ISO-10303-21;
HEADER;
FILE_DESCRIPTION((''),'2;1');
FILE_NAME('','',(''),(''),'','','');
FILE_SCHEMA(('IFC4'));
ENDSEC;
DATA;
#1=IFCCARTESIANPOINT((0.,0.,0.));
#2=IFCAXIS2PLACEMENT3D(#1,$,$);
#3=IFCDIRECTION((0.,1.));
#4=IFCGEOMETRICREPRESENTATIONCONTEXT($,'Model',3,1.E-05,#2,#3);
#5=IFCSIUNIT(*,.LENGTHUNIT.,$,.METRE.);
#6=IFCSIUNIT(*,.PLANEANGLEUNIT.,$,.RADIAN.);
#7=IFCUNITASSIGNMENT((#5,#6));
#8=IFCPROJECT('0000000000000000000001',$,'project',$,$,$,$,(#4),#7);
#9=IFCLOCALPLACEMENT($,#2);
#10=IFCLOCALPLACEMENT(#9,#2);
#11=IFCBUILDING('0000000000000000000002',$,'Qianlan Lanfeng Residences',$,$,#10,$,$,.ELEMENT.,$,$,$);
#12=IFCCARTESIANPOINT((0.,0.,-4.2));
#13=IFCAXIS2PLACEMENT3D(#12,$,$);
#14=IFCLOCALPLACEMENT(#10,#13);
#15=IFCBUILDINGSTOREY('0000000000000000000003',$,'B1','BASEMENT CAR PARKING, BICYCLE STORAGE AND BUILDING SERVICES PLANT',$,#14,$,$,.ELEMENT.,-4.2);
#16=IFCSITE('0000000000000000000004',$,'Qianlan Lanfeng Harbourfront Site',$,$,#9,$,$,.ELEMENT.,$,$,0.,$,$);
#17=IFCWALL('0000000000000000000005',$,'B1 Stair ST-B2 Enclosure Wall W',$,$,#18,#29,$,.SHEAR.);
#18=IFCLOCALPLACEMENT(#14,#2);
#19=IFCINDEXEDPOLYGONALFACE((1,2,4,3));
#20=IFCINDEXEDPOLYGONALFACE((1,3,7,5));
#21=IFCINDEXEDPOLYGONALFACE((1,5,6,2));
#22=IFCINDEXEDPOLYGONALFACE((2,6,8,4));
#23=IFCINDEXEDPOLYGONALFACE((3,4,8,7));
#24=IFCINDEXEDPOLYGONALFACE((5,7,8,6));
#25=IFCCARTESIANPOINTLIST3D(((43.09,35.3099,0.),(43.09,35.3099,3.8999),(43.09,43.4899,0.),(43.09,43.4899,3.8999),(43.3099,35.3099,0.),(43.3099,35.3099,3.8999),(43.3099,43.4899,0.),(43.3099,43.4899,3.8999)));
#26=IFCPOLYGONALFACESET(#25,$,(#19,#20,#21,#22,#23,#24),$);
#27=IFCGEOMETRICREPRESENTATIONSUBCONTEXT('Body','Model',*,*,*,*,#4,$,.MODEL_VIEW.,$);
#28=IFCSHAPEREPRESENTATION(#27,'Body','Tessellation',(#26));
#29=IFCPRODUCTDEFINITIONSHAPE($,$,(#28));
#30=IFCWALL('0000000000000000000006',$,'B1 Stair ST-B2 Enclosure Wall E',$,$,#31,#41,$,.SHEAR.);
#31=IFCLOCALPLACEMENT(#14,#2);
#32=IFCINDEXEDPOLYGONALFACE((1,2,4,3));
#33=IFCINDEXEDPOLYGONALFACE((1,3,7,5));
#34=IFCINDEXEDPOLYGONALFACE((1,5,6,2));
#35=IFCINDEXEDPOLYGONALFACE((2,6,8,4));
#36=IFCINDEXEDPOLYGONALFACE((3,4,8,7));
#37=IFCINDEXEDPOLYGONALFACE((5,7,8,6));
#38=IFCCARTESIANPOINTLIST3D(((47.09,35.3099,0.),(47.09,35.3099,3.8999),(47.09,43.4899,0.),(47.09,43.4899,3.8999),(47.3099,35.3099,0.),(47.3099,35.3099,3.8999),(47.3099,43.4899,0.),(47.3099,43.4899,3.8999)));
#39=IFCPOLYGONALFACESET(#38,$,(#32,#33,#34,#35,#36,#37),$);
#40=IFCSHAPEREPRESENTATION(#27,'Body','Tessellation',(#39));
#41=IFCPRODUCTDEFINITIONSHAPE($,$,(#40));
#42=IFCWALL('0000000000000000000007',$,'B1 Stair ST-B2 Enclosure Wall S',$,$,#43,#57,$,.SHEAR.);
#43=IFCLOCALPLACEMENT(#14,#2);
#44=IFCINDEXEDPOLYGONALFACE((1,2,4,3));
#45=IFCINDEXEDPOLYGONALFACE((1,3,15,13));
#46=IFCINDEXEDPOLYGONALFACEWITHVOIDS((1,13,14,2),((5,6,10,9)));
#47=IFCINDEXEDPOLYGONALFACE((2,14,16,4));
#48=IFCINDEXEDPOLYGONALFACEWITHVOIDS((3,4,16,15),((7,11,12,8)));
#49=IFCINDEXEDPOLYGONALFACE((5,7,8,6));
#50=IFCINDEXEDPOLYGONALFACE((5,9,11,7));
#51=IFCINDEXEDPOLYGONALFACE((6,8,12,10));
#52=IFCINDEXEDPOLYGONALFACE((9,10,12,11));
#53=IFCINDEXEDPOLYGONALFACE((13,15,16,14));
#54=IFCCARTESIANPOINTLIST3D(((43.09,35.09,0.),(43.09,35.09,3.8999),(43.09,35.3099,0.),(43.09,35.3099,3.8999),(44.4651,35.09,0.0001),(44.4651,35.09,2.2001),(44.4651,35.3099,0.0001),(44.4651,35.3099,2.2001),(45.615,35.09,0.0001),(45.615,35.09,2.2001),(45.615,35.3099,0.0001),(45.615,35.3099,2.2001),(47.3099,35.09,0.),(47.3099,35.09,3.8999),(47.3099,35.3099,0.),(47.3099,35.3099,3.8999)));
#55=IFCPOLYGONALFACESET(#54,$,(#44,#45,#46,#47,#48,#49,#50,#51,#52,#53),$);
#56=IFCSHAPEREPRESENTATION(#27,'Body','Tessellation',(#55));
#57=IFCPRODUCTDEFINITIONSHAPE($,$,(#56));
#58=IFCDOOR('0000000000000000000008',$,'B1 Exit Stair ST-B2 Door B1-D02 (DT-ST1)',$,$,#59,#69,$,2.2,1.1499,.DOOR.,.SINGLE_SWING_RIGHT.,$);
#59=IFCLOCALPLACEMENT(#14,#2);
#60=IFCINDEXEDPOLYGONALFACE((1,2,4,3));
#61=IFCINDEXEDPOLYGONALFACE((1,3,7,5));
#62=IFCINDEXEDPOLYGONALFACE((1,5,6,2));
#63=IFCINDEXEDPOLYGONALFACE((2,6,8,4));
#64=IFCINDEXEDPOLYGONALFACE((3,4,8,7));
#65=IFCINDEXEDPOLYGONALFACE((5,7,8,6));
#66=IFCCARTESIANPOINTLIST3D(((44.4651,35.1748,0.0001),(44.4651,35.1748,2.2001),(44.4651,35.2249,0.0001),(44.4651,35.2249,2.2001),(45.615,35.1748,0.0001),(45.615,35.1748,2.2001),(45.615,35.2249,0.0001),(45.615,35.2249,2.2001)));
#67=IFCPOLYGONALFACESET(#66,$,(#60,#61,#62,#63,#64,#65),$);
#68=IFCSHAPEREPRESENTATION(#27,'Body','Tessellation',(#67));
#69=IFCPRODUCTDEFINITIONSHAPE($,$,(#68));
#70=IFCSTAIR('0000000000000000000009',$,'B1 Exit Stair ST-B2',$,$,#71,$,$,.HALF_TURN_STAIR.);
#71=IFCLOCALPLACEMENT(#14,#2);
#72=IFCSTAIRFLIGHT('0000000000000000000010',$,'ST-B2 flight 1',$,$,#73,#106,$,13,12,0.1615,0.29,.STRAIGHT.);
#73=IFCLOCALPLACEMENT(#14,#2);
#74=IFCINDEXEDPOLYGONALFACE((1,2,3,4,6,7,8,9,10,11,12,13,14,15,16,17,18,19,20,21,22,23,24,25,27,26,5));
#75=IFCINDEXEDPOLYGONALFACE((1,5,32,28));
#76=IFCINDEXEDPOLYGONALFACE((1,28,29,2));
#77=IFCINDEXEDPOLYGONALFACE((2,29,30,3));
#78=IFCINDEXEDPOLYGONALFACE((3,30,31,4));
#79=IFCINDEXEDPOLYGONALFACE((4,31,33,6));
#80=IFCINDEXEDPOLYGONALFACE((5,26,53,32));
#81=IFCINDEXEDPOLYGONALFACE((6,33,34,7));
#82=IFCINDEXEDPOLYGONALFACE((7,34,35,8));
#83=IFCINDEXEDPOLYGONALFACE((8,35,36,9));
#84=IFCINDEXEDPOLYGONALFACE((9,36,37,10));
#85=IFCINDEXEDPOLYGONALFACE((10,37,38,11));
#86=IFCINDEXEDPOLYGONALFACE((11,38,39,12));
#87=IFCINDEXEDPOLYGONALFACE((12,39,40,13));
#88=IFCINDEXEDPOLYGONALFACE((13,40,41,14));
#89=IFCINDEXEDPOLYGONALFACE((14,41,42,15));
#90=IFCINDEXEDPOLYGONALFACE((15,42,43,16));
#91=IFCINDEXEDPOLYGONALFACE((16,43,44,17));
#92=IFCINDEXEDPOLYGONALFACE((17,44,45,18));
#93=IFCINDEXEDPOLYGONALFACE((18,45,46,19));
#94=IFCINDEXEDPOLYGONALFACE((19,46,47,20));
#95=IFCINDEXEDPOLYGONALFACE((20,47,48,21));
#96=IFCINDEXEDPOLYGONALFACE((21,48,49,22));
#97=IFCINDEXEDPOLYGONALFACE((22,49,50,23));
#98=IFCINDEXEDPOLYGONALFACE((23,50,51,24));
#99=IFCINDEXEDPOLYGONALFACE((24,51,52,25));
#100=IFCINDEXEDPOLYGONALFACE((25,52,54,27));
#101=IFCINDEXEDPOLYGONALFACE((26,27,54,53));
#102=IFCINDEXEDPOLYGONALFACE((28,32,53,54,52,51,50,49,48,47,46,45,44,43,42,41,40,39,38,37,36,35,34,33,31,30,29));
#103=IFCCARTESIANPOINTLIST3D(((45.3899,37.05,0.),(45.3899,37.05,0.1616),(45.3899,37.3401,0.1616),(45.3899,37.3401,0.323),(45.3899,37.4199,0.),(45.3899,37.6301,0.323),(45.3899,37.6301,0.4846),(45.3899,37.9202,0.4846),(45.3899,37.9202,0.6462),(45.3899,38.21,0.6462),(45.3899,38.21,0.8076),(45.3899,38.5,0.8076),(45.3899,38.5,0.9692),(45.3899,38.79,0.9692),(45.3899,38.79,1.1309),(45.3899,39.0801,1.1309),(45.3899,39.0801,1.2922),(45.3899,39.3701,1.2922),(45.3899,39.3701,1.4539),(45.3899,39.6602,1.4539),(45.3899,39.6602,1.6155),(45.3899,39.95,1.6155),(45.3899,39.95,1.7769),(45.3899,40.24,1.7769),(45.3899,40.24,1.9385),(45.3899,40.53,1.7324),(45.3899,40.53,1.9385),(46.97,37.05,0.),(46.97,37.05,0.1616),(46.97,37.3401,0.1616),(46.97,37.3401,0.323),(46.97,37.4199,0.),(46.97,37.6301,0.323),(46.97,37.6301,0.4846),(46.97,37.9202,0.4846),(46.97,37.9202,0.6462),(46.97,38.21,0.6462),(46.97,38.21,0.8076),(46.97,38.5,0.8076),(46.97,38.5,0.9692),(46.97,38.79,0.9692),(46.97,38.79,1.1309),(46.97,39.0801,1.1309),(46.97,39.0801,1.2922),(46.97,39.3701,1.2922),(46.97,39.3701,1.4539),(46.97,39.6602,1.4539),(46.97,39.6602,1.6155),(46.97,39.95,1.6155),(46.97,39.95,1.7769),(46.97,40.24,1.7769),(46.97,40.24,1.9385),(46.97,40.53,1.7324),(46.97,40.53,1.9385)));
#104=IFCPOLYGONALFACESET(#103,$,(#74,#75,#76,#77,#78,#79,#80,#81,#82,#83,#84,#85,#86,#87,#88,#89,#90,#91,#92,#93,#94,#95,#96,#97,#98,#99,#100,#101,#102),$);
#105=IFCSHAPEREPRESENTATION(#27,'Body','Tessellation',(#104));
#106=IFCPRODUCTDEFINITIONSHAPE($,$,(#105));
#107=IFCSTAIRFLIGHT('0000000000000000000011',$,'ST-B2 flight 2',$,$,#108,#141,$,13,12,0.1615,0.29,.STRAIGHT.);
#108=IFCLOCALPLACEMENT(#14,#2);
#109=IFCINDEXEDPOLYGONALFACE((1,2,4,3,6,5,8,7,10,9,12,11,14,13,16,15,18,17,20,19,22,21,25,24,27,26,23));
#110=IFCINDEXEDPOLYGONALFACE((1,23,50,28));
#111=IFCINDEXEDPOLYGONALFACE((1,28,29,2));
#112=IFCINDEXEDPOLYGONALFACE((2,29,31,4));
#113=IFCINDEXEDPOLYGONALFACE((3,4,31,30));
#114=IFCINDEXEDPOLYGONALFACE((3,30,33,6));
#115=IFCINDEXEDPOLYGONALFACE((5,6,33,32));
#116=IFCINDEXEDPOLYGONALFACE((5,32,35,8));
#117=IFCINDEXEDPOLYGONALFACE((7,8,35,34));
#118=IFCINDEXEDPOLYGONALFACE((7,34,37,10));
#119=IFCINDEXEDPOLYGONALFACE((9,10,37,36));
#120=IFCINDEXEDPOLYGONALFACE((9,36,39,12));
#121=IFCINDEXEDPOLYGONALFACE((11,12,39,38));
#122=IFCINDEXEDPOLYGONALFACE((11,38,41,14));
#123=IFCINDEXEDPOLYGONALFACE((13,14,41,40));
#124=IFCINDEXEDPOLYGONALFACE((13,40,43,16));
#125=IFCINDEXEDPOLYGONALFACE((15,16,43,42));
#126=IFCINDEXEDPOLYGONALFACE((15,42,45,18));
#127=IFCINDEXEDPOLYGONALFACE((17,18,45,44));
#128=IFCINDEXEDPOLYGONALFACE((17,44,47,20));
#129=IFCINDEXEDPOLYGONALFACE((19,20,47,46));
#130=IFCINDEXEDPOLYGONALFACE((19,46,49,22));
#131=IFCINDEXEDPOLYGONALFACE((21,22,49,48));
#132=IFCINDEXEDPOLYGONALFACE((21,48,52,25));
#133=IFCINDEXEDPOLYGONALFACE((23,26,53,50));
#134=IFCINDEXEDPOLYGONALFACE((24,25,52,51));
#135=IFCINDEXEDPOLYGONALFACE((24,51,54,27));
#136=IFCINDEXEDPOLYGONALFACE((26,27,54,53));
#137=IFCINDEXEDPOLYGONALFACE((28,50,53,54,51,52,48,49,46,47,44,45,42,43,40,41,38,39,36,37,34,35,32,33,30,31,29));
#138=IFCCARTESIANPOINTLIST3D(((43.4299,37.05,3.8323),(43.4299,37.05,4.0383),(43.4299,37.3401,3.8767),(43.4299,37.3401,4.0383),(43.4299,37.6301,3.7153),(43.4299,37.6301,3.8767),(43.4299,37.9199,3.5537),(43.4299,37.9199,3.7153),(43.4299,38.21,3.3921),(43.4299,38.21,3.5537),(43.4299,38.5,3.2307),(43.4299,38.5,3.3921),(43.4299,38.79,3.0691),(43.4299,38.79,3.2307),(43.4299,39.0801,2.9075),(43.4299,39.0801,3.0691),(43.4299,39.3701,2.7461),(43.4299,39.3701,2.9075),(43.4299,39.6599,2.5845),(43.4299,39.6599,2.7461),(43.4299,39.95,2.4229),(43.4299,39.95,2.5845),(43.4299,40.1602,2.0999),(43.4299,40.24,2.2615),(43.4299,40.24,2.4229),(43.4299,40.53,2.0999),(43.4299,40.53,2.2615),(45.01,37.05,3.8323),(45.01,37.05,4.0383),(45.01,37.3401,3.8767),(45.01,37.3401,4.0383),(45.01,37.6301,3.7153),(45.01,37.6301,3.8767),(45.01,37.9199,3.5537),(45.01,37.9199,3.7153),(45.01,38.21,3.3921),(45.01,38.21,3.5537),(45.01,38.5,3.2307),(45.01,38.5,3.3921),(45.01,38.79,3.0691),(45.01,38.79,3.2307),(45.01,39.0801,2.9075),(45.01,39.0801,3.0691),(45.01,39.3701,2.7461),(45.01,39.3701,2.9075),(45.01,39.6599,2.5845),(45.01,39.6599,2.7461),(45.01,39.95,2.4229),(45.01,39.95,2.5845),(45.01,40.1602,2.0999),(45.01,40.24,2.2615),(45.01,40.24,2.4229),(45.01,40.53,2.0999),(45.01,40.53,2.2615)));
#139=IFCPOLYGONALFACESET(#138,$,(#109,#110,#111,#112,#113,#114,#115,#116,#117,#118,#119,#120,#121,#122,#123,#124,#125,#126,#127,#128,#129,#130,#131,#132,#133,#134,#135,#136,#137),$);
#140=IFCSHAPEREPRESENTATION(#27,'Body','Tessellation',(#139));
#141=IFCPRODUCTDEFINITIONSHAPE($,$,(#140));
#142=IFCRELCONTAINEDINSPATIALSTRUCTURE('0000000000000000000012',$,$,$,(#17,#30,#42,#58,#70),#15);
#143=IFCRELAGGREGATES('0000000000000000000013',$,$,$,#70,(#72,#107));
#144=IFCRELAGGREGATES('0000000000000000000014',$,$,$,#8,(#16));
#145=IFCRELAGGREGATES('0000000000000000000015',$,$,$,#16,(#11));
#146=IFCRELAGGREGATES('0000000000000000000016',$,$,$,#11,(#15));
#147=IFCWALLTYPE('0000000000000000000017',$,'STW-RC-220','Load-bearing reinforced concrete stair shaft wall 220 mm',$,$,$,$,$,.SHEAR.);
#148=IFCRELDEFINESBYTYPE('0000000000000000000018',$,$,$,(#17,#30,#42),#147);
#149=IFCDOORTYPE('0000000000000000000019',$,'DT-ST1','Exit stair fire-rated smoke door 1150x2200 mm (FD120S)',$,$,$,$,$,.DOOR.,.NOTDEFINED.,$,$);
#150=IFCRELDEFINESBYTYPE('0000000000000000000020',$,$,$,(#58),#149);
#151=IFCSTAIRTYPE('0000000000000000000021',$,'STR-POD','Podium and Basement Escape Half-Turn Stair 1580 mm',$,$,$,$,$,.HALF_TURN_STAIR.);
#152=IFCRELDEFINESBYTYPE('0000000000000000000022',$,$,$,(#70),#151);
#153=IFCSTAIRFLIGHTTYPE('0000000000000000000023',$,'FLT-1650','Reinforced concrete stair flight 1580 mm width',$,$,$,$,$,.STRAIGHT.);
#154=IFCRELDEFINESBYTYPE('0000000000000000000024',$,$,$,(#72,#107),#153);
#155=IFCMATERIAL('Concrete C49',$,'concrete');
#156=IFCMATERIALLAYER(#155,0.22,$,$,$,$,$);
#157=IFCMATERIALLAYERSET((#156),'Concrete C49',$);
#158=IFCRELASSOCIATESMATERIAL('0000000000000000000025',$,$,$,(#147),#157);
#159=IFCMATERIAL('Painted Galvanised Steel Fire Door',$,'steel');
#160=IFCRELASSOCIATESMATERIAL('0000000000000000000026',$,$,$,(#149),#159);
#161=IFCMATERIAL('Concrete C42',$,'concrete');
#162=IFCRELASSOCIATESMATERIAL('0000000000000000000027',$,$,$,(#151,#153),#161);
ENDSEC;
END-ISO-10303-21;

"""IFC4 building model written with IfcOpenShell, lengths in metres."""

from ifc_helpers import new_model, si_unit, direction, frame, frame_2d, origin, place, context, subcontext, project, spatial, polyline, rectangle, outline, extrude, material, layer, layer_set, type_object, element, fill, aggregate, save


model = new_model("IFC4")

# Units and contexts
model_context = context("Model", 3, precision=1e-05, world=origin(), true_north=direction((0.0, 1.0)))
body_context = subcontext(model_context, "Body", "Model", "MODEL_VIEW")
ifc_project = project(units=[si_unit("LENGTHUNIT", "METRE"), si_unit("PLANEANGLEUNIT", "RADIAN")], contexts=[model_context])

# Site, building, storey
site_placement = place(None, origin())
site = spatial("IfcSite", under=ifc_project, at=site_placement, Name="Qianlan Lanfeng Harbourfront Site", CompositionType="ELEMENT", RefElevation=0.0)
building_placement = place(site_placement, origin())
building = spatial("IfcBuilding", under=site, at=building_placement, Name="Qianlan Lanfeng Residences", CompositionType="ELEMENT")
storey_placement = place(building_placement, frame((0.0, 0.0, -4.2)))
storey = spatial("IfcBuildingStorey", under=building, at=storey_placement, Name="B1", Description="BASEMENT CAR PARKING, BICYCLE STORAGE AND BUILDING SERVICES PLANT", CompositionType="ELEMENT", Elevation=-4.2)

# Shared definitions
ifc_material_1 = material(Name="Concrete C49", Category="concrete")

# Walls
ifc_layer_1 = layer(ifc_material_1, 0.22)
ifc_layer_set_1 = layer_set([ifc_layer_1], Name="Concrete C49")
wall_type_1 = type_object("IfcWallType", Name="STW-RC-220", Description="Load-bearing reinforced concrete stair shaft wall 220 mm", PredefinedType="SHEAR", material=ifc_layer_set_1)
for number, where, z_axis, x_axis, name in (
    (1, (43.2, 35.3101, 0.0), (0.0, 0.0, 1.0), (0.0, 1.0, 0.0), "B1 Stair ST-B2 Enclosure Wall W"),
    (2, (47.2, 35.3101, 0.0), (0.0, 0.0, 1.0), (0.0, 1.0, 0.0), "B1 Stair ST-B2 Enclosure Wall E"),
):
    element("IfcWall", number, at=place(storey_placement, frame(where, z_axis=z_axis, x_axis=x_axis)), inside=storey, type_object=wall_type_1, Name=name, PredefinedType="SHEAR", context=body_context, shape_type="SweptSolid", body=[
        extrude(rectangle(XDim=8.1799, YDim=0.22, at=frame_2d((4.0898, 0.0))), origin(), (0.0, 0.0, 1.0), 3.8999),
    ])

# Wall, opening, door
wall_1_placement = place(storey_placement, frame((43.0901, 35.2, 0.0), z_axis=(0.0, 0.0, 1.0), x_axis=(1.0, 0.0, 0.0)))
wall_1 = element("IfcWall", 3, at=wall_1_placement, inside=storey, type_object=wall_type_1, Name="B1 Stair ST-B2 Enclosure Wall S", PredefinedType="SHEAR", context=body_context, shape_type="SweptSolid", body=[
    extrude(rectangle(XDim=4.22, YDim=0.22, at=frame_2d((2.1099, 0.0))), origin(), (0.0, 0.0, 1.0), 3.8999),
])
opening_1_placement = place(wall_1_placement, frame((1.375, 0.0, 0.0)))
opening_1 = element("IfcOpeningElement", 4, at=opening_1_placement, cuts=wall_1, PredefinedType="OPENING", context=body_context, shape_type="SweptSolid", body=[
    extrude(rectangle(XDim=1.1499, YDim=2.2, at=frame_2d((0.575, 1.1001))), frame((0.0, 0.1201, 0.0), z_axis=(0.0, -1.0, 0.0), x_axis=(1.0, 0.0, 0.0)), (0.0, 0.0, 1.0), 0.24),
])
ifc_material_2 = material(Name="Painted Galvanised Steel Fire Door", Category="steel")
door_type_1 = type_object("IfcDoorType", Name="DT-ST1", Description="Exit stair fire-rated smoke door 1150x2200 mm (FD120S)", OperationType="NOTDEFINED", PredefinedType="DOOR", material=ifc_material_2)
door_1_placement = place(opening_1_placement, origin())
door_1 = element("IfcDoor", 5, at=door_1_placement, inside=storey, type_object=door_type_1, Name="B1 Exit Stair ST-B2 Door B1-D02 (DT-ST1)", OperationType="SINGLE_SWING_RIGHT", OverallHeight=2.2, OverallWidth=1.1499, PredefinedType="DOOR", context=body_context, shape_type="SweptSolid", body=[
    extrude(rectangle(XDim=1.1499, YDim=2.2, at=frame_2d((0.575, 1.1001))), frame((0.0, 0.0249, 0.0), z_axis=(0.0, -1.0, 0.0), x_axis=(1.0, 0.0, 0.0)), (0.0, 0.0, 1.0), 0.05),
])
fill(opening_1, door_1)

# Stair, stair flights
ifc_material_3 = material(Name="Concrete C42", Category="concrete")
stair_type = type_object("IfcStairType", Name="STR-POD", Description="Podium and Basement Escape Half-Turn Stair 1580 mm", PredefinedType="HALF_TURN_STAIR", material=ifc_material_3)
stair_placement = place(storey_placement, origin())
stair = element("IfcStair", 6, at=stair_placement, inside=storey, type_object=stair_type, Name="B1 Exit Stair ST-B2", PredefinedType="HALF_TURN_STAIR")
stair_flight_type = type_object("IfcStairFlightType", Name="FLT-1650", Description="Reinforced concrete stair flight 1580 mm width", PredefinedType="STRAIGHT", material=ifc_material_3)
stair_flight_1_placement = place(storey_placement, frame((46.1799, 37.05, 0.0), z_axis=(0.0, 0.0, 1.0), x_axis=(0.0, 1.0, 0.0)))
stair_flight_1 = element("IfcStairFlight", 7, at=stair_flight_1_placement, type_object=stair_flight_type, Name="ST-B2 flight 1", NumberOfRisers=13, NumberOfTreads=12, PredefinedType="STRAIGHT", RiserHeight=0.1615, TreadLength=0.29, context=body_context, shape_type="SweptSolid", body=[
    extrude(outline(polyline([(0.0, 0.0), (0.0, 0.1616), (0.29, 0.1616), (0.29, 0.323), (0.5801, 0.323), (0.5801, 0.4846), (0.8701, 0.4846), (0.8701, 0.6462), (1.1599, 0.6462), (1.1599, 0.8076), (1.45, 0.8076), (1.45, 0.9692), (1.74, 0.9692), (1.74, 1.1309), (2.03, 1.1309), (2.03, 1.2922), (2.3201, 1.2922), (2.3201, 1.4539), (2.6101, 1.4539), (2.6101, 1.6155), (2.8999, 1.6155), (2.8999, 1.7769), (3.1899, 1.7769), (3.1899, 1.9385), (3.48, 1.9385), (3.48, 2.1001), (3.48, 1.7324), (0.3699, 0.0), (0.0, 0.0)])), frame((0.0, 0.79, 0.0), z_axis=(0.0, -1.0, 0.0), x_axis=(1.0, 0.0, 0.0)), (0.0, 0.0, 1.0), 1.5801),
])
stair_flight_2_placement = place(storey_placement, frame((44.22, 40.53, 2.0999), z_axis=(0.0, 0.0, 1.0), x_axis=(0.0, -1.0, 0.0)))
stair_flight_2 = element("IfcStairFlight", 8, at=stair_flight_2_placement, type_object=stair_flight_type, Name="ST-B2 flight 2", NumberOfRisers=13, NumberOfTreads=12, PredefinedType="STRAIGHT", RiserHeight=0.1615, TreadLength=0.29, context=body_context, shape_type="SweptSolid", body=[
    extrude(outline(polyline([(0.0, 0.0), (0.0, 0.1616), (0.29, 0.1616), (0.29, 0.323), (0.5801, 0.323), (0.5801, 0.4846), (0.8701, 0.4846), (0.8701, 0.6462), (1.1599, 0.6462), (1.1599, 0.8076), (1.45, 0.8076), (1.45, 0.9692), (1.74, 0.9692), (1.74, 1.1309), (2.03, 1.1309), (2.03, 1.2922), (2.3201, 1.2922), (2.3201, 1.4539), (2.6101, 1.4539), (2.6101, 1.6155), (2.8999, 1.6155), (2.8999, 1.7769), (3.1899, 1.7769), (3.1899, 1.9385), (3.48, 1.9385), (3.48, 2.1001), (3.48, 1.7324), (0.3699, 0.0), (0.0, 0.0)])), frame((0.0, 0.79, 0.0), z_axis=(0.0, -1.0, 0.0), x_axis=(1.0, 0.0, 0.0)), (0.0, 0.0, 1.0), 1.5801),
])
aggregate(stair, [stair_flight_1, stair_flight_2])

save(model, "model.ifc")
